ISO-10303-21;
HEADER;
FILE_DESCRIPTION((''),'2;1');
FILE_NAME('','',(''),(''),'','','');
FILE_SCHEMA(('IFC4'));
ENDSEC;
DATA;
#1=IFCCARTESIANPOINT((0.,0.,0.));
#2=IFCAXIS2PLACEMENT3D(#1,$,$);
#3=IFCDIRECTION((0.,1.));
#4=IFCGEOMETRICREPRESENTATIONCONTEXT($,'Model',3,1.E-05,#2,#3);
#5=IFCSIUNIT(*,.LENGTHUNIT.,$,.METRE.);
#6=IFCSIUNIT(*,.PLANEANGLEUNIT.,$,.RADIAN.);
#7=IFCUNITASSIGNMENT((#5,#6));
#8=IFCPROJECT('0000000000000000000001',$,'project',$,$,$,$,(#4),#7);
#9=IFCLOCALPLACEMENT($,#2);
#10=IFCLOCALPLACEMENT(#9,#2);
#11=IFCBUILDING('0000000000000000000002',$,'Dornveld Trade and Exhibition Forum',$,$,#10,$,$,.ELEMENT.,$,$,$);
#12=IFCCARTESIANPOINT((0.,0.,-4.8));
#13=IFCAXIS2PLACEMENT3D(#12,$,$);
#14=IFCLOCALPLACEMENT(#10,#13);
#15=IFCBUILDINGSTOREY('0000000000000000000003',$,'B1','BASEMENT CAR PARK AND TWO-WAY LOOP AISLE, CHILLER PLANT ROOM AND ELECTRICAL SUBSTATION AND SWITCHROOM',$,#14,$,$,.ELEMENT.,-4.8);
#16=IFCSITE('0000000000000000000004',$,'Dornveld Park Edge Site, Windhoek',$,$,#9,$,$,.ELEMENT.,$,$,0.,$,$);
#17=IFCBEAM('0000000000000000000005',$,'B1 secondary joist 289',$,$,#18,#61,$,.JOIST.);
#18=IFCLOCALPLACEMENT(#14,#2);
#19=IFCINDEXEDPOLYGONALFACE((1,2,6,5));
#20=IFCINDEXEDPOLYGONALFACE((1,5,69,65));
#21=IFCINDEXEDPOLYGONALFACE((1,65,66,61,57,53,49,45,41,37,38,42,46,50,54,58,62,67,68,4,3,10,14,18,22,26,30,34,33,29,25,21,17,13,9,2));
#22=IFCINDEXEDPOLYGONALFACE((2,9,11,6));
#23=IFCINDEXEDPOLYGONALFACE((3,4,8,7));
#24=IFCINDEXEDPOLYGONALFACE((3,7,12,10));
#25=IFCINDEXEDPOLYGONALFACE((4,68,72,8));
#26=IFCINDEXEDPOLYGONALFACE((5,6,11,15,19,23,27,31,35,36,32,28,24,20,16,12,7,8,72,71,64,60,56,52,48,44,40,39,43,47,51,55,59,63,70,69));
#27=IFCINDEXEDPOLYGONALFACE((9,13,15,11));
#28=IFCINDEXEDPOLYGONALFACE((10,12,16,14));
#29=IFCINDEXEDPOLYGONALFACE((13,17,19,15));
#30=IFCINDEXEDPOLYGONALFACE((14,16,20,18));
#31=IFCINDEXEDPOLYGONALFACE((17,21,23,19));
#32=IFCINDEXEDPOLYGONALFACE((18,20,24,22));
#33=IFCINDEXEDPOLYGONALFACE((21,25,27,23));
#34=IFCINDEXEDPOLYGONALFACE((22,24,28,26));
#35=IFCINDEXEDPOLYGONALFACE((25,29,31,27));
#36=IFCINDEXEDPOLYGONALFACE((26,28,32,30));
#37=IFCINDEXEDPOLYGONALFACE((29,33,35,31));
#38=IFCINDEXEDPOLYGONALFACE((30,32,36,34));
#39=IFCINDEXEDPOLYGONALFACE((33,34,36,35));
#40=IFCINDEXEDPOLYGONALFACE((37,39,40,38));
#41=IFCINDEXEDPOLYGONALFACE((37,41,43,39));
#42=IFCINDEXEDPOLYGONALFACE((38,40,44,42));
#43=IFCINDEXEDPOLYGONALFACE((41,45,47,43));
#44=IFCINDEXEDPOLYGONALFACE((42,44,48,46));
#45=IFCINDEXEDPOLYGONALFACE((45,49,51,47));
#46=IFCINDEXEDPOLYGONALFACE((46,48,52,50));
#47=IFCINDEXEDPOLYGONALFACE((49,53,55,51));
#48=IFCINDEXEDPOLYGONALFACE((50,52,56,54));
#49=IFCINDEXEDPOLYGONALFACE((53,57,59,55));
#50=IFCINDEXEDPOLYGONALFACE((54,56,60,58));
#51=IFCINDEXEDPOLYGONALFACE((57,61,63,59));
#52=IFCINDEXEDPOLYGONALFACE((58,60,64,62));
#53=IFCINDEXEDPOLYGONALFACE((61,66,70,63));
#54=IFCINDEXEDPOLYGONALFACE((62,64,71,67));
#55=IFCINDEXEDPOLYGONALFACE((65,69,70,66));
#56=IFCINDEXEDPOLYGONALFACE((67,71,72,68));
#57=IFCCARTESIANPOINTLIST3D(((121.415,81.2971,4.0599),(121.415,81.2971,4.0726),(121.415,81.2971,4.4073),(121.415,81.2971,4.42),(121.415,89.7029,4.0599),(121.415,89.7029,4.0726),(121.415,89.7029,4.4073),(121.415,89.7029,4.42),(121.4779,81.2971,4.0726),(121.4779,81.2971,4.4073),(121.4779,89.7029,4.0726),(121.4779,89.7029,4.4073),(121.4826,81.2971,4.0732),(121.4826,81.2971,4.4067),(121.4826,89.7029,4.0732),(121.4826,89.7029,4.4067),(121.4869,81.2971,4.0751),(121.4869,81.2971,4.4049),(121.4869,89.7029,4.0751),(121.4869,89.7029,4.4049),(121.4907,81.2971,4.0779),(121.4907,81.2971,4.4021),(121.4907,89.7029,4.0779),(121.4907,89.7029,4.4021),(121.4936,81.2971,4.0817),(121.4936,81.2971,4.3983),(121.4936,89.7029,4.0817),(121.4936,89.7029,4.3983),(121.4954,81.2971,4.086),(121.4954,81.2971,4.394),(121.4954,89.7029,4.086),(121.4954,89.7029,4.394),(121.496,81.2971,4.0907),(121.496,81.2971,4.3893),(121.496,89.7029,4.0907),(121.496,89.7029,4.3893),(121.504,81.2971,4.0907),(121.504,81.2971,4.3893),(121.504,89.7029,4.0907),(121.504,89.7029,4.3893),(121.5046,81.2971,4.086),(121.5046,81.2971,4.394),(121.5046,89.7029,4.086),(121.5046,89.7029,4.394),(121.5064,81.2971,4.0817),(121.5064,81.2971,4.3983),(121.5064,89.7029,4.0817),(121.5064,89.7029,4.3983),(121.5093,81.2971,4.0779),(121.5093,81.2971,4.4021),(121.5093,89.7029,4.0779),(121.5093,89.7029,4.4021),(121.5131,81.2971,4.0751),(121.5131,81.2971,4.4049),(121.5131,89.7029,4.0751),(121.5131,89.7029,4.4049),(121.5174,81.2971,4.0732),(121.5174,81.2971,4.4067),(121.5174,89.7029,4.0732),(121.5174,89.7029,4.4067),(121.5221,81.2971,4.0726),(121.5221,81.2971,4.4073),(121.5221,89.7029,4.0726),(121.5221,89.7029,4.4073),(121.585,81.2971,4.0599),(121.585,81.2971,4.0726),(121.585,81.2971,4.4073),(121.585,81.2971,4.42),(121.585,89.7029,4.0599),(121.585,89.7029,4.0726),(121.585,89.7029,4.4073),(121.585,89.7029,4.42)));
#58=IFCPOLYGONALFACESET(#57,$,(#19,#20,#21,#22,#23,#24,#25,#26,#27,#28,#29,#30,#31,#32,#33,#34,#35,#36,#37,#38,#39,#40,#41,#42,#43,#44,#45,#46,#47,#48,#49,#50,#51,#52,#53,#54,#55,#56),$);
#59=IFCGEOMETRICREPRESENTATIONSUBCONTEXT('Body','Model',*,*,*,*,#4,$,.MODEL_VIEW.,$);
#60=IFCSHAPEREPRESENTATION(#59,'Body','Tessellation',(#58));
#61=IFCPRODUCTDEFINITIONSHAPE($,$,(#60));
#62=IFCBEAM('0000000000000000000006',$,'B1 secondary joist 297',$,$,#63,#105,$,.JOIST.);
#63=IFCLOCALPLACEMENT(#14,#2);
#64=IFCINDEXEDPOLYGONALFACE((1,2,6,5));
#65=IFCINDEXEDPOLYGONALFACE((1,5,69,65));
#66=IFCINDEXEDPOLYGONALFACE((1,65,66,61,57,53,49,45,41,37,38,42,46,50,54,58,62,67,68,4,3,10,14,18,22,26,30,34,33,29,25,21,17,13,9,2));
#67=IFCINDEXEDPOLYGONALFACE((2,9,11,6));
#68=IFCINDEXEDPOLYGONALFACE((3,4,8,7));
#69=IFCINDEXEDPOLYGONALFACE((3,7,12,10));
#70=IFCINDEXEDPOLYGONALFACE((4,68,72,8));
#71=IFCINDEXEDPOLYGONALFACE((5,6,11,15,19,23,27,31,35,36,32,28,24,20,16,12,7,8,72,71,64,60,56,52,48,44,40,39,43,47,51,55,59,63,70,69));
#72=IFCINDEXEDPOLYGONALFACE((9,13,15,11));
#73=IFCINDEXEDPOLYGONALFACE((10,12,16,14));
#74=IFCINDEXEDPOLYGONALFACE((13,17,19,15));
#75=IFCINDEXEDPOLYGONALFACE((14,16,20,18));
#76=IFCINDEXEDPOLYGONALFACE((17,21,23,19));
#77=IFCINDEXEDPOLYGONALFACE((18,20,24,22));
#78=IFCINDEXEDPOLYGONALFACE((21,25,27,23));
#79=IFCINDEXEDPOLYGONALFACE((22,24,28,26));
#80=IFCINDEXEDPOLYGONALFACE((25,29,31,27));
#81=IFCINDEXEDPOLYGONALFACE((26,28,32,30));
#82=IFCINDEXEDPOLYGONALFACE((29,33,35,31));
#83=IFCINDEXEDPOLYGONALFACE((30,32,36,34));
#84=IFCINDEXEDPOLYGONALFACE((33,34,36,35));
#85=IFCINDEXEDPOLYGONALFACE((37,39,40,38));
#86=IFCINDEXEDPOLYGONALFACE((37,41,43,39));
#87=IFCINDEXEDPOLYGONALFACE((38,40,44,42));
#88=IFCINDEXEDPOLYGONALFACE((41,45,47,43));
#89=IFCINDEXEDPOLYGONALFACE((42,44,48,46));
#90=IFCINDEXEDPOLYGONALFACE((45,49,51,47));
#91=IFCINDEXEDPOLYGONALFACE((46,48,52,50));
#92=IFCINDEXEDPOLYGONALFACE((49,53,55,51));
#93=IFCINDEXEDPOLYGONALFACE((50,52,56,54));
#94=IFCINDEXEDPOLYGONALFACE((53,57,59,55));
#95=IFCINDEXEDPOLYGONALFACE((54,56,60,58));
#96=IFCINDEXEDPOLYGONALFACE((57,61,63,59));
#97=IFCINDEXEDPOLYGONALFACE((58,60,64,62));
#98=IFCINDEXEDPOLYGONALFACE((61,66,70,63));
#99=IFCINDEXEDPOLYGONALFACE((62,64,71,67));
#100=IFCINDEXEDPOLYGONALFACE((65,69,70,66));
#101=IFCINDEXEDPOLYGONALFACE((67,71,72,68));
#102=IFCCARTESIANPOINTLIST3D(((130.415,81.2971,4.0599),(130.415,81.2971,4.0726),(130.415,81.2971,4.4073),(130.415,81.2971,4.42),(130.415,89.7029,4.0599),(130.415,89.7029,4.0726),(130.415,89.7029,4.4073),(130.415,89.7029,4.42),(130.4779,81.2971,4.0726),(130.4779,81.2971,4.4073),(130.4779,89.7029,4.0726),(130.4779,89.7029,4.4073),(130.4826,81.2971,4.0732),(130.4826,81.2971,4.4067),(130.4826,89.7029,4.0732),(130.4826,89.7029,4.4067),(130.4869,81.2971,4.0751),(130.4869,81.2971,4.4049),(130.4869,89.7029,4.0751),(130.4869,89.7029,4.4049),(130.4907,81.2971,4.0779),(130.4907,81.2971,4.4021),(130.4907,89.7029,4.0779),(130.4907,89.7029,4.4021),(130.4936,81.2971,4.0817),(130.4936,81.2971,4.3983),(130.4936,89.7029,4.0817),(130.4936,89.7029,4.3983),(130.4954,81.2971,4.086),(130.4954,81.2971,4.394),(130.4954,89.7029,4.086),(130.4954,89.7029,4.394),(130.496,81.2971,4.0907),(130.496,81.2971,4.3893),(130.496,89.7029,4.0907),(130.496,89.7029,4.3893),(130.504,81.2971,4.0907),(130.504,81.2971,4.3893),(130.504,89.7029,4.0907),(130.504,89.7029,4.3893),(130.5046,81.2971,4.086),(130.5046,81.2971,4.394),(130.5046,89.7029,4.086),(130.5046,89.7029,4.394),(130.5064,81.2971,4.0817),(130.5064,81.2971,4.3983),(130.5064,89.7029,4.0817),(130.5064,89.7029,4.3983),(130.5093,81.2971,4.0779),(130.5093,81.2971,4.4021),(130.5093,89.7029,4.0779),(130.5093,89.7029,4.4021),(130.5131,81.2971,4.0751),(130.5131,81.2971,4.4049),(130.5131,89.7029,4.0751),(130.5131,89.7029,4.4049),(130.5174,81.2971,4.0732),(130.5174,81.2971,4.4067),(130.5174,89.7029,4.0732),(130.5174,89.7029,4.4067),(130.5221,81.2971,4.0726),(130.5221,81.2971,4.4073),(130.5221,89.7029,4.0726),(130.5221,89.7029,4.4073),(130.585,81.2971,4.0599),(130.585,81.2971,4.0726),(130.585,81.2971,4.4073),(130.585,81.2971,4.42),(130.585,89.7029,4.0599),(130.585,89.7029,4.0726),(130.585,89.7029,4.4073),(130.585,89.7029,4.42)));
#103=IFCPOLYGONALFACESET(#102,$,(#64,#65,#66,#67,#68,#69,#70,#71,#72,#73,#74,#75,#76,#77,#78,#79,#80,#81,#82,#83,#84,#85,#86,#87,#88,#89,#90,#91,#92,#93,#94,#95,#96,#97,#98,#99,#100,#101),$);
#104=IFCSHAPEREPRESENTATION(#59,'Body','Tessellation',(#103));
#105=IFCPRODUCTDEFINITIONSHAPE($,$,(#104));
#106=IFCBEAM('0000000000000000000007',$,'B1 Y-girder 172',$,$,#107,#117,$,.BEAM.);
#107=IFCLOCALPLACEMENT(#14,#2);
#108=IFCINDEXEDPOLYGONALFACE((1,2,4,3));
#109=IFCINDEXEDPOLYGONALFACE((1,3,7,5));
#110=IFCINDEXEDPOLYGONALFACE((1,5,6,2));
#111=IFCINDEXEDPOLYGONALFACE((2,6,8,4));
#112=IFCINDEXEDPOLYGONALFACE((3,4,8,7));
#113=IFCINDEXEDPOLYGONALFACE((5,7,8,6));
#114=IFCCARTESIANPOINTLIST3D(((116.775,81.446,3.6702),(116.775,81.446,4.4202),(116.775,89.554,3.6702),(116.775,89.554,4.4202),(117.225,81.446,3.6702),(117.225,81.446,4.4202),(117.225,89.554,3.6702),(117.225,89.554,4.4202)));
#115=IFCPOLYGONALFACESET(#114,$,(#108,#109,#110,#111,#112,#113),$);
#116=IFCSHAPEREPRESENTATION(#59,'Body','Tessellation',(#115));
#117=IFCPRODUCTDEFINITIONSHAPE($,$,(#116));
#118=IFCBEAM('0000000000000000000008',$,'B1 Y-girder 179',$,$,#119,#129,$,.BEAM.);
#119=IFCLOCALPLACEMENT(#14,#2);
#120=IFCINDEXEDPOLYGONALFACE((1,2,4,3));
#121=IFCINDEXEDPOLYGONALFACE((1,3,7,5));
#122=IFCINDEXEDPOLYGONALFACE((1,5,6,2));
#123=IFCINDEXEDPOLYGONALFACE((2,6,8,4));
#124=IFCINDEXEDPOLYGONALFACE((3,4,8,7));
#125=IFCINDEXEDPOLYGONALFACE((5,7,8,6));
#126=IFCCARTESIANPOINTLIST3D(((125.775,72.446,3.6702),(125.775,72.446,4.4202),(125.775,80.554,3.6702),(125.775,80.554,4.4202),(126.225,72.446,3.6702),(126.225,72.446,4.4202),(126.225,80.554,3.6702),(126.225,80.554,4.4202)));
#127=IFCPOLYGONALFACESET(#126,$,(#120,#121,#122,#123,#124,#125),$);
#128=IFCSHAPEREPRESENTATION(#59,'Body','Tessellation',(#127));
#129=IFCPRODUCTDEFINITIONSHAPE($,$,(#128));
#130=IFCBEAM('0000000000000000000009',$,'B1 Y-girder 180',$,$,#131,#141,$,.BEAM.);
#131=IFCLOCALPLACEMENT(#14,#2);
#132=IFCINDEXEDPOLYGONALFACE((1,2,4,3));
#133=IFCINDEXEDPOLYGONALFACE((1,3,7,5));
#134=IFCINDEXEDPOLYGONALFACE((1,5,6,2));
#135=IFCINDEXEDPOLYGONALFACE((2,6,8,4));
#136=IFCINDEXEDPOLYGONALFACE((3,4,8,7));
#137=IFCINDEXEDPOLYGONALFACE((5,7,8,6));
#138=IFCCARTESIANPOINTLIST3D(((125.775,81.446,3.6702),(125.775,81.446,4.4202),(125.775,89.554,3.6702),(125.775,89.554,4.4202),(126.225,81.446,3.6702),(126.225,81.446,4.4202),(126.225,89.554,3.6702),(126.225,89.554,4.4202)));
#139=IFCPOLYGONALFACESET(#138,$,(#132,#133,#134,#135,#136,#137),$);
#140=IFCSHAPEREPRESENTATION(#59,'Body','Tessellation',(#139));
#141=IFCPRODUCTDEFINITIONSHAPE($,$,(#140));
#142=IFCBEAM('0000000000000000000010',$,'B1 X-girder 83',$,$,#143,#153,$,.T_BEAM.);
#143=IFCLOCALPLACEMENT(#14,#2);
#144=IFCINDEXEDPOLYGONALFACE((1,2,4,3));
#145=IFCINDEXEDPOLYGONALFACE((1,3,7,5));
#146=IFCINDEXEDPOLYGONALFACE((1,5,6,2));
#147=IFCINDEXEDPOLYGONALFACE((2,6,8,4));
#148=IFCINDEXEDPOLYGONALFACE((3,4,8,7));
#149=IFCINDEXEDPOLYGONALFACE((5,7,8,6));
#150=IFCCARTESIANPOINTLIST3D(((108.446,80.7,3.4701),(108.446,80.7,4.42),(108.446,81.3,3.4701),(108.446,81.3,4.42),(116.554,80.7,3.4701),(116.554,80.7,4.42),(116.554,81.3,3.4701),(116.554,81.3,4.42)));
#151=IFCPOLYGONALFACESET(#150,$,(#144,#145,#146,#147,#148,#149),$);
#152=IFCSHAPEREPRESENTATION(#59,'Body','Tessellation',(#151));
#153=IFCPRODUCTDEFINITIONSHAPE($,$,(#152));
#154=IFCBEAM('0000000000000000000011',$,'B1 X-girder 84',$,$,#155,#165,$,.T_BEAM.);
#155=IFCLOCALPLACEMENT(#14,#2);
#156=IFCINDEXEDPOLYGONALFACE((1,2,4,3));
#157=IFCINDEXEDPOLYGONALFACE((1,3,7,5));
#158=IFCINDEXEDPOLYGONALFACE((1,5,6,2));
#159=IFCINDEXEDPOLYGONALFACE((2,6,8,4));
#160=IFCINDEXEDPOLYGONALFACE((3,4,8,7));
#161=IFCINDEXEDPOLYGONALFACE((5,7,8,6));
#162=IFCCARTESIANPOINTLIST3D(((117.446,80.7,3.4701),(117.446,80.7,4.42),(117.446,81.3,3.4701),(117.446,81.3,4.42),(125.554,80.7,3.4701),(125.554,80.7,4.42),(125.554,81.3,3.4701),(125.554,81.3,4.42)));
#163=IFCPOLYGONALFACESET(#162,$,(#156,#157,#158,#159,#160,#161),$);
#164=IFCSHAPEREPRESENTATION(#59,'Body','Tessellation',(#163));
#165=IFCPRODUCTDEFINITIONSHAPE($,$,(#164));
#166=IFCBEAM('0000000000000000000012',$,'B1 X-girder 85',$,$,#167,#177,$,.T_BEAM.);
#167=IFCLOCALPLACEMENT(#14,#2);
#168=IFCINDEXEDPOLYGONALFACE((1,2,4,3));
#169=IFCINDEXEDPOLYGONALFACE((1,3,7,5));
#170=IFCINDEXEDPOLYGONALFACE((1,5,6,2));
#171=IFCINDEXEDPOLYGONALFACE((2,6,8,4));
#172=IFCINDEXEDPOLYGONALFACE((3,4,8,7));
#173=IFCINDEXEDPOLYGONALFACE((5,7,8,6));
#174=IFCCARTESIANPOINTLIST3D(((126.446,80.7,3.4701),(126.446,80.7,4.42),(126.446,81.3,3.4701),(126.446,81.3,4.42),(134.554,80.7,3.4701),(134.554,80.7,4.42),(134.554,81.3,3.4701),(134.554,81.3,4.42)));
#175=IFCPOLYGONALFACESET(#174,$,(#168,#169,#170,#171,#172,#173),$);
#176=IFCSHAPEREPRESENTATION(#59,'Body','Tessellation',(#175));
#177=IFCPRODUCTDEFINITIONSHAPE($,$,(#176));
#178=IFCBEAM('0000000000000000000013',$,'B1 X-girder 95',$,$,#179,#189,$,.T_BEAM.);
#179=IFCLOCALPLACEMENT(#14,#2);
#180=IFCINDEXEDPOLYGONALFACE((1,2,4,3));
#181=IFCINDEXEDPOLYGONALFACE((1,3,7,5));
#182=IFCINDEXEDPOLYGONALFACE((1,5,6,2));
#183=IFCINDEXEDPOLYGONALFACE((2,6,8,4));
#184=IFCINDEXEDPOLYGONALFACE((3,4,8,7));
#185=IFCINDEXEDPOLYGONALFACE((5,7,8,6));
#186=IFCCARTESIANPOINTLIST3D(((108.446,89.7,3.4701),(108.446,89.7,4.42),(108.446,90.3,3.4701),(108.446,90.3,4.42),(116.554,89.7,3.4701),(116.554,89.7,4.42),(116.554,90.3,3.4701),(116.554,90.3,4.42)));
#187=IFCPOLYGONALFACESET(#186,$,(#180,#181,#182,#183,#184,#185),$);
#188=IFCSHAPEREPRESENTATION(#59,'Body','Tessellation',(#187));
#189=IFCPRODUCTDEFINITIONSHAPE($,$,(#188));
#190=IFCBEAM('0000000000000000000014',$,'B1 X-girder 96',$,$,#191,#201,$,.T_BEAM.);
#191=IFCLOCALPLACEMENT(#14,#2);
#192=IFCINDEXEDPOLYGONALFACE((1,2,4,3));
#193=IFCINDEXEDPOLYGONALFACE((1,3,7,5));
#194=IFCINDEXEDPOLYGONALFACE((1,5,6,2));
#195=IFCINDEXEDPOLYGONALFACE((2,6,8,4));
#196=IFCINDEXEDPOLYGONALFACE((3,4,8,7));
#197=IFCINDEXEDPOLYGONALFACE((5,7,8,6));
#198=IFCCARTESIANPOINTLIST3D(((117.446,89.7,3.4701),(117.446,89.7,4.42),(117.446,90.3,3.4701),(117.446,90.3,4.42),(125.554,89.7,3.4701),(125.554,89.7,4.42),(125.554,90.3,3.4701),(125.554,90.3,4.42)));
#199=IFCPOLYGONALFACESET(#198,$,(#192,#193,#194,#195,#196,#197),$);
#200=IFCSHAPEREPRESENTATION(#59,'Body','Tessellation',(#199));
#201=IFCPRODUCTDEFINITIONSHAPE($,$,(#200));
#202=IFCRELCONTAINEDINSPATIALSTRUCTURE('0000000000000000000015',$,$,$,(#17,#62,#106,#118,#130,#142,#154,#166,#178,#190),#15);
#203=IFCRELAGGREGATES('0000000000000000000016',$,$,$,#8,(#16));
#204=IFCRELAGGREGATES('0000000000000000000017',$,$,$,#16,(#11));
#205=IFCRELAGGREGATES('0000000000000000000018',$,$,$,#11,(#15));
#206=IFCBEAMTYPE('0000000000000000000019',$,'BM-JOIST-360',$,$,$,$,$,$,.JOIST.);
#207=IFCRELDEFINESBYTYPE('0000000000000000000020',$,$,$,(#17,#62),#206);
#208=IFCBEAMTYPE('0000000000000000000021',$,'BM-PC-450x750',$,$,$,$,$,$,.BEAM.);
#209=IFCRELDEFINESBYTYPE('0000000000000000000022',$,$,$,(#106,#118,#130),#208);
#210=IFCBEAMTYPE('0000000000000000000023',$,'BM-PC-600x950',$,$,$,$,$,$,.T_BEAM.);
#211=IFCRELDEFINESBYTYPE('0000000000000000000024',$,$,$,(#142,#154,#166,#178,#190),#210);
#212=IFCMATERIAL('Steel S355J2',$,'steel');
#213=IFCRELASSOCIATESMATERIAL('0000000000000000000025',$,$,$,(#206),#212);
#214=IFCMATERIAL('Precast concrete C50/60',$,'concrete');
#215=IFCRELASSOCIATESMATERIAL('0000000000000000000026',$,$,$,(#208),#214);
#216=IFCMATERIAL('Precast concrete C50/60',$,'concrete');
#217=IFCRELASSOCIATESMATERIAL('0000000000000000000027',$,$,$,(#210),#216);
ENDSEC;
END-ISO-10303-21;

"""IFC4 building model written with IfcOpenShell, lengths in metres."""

from ifc_helpers import new_model, si_unit, direction, frame, origin, origin_2d, place, context, subcontext, project, spatial, rectangle, i_section, extrude, material, material_profile, profile_set, type_object, element, save


model = new_model("IFC4")

# Units and contexts
model_context = context("Model", 3, precision=1e-05, world=origin(), true_north=direction((0.0, 1.0)))
body_context = subcontext(model_context, "Body", "Model", "MODEL_VIEW")
ifc_project = project(units=[si_unit("LENGTHUNIT", "METRE"), si_unit("PLANEANGLEUNIT", "RADIAN")], contexts=[model_context])

# Site, building, storey
site_placement = place(None, origin())
site = spatial("IfcSite", under=ifc_project, at=site_placement, Name="Dornveld Park Edge Site, Windhoek", CompositionType="ELEMENT", RefElevation=0.0)
building_placement = place(site_placement, origin())
building = spatial("IfcBuilding", under=site, at=building_placement, Name="Dornveld Trade and Exhibition Forum", CompositionType="ELEMENT")
storey_placement = place(building_placement, frame((0.0, 0.0, -4.8)))
storey = spatial("IfcBuildingStorey", under=building, at=storey_placement, Name="B1", Description="BASEMENT CAR PARK AND TWO-WAY LOOP AISLE, CHILLER PLANT ROOM AND ELECTRICAL SUBSTATION AND SWITCHROOM", CompositionType="ELEMENT", Elevation=-4.8)

# Beams
ifc_material_1 = material(Name="Steel S355J2", Category="steel")
ifc_material_profile_1 = material_profile(ifc_material_1, i_section(OverallWidth=0.1699, OverallDepth=0.3601, WebThickness=0.0081, FlangeThickness=0.0127, FilletRadius=0.0181, at=origin_2d()), Name="IPE 360")
ifc_profile_set_1 = profile_set([ifc_material_profile_1], Name="Steel S355J2")
beam_type_1 = type_object("IfcBeamType", Name="BM-JOIST-360", PredefinedType="JOIST", material=ifc_profile_set_1)
for number, where, z_axis, x_axis, name in (
    (1, (121.5, 81.2971, 4.24), (0.0, 1.0, 0.0), (-1.0, 0.0, 0.0), "B1 secondary joist 289"),
    (2, (130.5, 81.2971, 4.24), (0.0, 1.0, 0.0), (-1.0, 0.0, 0.0), "B1 secondary joist 297"),
):
    element("IfcBeam", number, at=place(storey_placement, frame(where, z_axis=z_axis, x_axis=x_axis)), inside=storey, type_object=beam_type_1, Name=name, PredefinedType="JOIST", context=body_context, shape_type="SweptSolid", body=[
        extrude(i_section(OverallWidth=0.1699, OverallDepth=0.3601, WebThickness=0.0081, FlangeThickness=0.0127, FilletRadius=0.0181, at=origin_2d()), origin(), (0.0, 0.0, 1.0), 8.4058),
    ])
ifc_material_2 = material(Name="Precast concrete C50/60", Category="concrete")
ifc_material_profile_2 = material_profile(ifc_material_2, rectangle(XDim=0.45, YDim=0.75, at=origin_2d()), Name="PC-BM 450x750")
ifc_profile_set_2 = profile_set([ifc_material_profile_2], Name="Precast concrete C50/60")
beam_type_2 = type_object("IfcBeamType", Name="BM-PC-450x750", PredefinedType="BEAM", material=ifc_profile_set_2)
for number, where, z_axis, x_axis, name in (
    (3, (117.0, 81.446, 4.0452), (0.0, 1.0, 0.0), (-1.0, 0.0, 0.0), "B1 Y-girder 172"),
    (4, (126.0, 72.446, 4.0452), (0.0, 1.0, 0.0), (-1.0, 0.0, 0.0), "B1 Y-girder 179"),
    (5, (126.0, 81.446, 4.0452), (0.0, 1.0, 0.0), (-1.0, 0.0, 0.0), "B1 Y-girder 180"),
):
    element("IfcBeam", number, at=place(storey_placement, frame(where, z_axis=z_axis, x_axis=x_axis)), inside=storey, type_object=beam_type_2, Name=name, PredefinedType="BEAM", context=body_context, shape_type="SweptSolid", body=[
        extrude(rectangle(XDim=0.45, YDim=0.75, at=origin_2d()), origin(), (0.0, 0.0, 1.0), 8.1079),
    ])
ifc_material_3 = material(Name="Precast concrete C50/60", Category="concrete")
ifc_material_profile_3 = material_profile(ifc_material_3, rectangle(XDim=0.6001, YDim=0.95, at=origin_2d()), Name="PC-GIR 600x950")
ifc_profile_set_3 = profile_set([ifc_material_profile_3], Name="Precast concrete C50/60")
beam_type_3 = type_object("IfcBeamType", Name="BM-PC-600x950", PredefinedType="T_BEAM", material=ifc_profile_set_3)
for number, where, z_axis, x_axis, name in (
    (6, (108.446, 81.0, 3.9451), (1.0, 0.0, 0.0), (0.0, 1.0, 0.0), "B1 X-girder 83"),
    (7, (117.446, 81.0, 3.9451), (1.0, 0.0, 0.0), (0.0, 1.0, 0.0), "B1 X-girder 84"),
    (8, (126.446, 81.0, 3.9451), (1.0, 0.0, 0.0), (0.0, 1.0, 0.0), "B1 X-girder 85"),
    (9, (108.446, 90.0, 3.9451), (1.0, 0.0, 0.0), (0.0, 1.0, 0.0), "B1 X-girder 95"),
    (10, (117.446, 90.0, 3.9451), (1.0, 0.0, 0.0), (0.0, 1.0, 0.0), "B1 X-girder 96"),
):
    element("IfcBeam", number, at=place(storey_placement, frame(where, z_axis=z_axis, x_axis=x_axis)), inside=storey, type_object=beam_type_3, Name=name, PredefinedType="T_BEAM", context=body_context, shape_type="SweptSolid", body=[
        extrude(rectangle(XDim=0.6001, YDim=0.95, at=origin_2d()), origin(), (0.0, 0.0, 1.0), 8.1079),
    ])

save(model, "model.ifc")
